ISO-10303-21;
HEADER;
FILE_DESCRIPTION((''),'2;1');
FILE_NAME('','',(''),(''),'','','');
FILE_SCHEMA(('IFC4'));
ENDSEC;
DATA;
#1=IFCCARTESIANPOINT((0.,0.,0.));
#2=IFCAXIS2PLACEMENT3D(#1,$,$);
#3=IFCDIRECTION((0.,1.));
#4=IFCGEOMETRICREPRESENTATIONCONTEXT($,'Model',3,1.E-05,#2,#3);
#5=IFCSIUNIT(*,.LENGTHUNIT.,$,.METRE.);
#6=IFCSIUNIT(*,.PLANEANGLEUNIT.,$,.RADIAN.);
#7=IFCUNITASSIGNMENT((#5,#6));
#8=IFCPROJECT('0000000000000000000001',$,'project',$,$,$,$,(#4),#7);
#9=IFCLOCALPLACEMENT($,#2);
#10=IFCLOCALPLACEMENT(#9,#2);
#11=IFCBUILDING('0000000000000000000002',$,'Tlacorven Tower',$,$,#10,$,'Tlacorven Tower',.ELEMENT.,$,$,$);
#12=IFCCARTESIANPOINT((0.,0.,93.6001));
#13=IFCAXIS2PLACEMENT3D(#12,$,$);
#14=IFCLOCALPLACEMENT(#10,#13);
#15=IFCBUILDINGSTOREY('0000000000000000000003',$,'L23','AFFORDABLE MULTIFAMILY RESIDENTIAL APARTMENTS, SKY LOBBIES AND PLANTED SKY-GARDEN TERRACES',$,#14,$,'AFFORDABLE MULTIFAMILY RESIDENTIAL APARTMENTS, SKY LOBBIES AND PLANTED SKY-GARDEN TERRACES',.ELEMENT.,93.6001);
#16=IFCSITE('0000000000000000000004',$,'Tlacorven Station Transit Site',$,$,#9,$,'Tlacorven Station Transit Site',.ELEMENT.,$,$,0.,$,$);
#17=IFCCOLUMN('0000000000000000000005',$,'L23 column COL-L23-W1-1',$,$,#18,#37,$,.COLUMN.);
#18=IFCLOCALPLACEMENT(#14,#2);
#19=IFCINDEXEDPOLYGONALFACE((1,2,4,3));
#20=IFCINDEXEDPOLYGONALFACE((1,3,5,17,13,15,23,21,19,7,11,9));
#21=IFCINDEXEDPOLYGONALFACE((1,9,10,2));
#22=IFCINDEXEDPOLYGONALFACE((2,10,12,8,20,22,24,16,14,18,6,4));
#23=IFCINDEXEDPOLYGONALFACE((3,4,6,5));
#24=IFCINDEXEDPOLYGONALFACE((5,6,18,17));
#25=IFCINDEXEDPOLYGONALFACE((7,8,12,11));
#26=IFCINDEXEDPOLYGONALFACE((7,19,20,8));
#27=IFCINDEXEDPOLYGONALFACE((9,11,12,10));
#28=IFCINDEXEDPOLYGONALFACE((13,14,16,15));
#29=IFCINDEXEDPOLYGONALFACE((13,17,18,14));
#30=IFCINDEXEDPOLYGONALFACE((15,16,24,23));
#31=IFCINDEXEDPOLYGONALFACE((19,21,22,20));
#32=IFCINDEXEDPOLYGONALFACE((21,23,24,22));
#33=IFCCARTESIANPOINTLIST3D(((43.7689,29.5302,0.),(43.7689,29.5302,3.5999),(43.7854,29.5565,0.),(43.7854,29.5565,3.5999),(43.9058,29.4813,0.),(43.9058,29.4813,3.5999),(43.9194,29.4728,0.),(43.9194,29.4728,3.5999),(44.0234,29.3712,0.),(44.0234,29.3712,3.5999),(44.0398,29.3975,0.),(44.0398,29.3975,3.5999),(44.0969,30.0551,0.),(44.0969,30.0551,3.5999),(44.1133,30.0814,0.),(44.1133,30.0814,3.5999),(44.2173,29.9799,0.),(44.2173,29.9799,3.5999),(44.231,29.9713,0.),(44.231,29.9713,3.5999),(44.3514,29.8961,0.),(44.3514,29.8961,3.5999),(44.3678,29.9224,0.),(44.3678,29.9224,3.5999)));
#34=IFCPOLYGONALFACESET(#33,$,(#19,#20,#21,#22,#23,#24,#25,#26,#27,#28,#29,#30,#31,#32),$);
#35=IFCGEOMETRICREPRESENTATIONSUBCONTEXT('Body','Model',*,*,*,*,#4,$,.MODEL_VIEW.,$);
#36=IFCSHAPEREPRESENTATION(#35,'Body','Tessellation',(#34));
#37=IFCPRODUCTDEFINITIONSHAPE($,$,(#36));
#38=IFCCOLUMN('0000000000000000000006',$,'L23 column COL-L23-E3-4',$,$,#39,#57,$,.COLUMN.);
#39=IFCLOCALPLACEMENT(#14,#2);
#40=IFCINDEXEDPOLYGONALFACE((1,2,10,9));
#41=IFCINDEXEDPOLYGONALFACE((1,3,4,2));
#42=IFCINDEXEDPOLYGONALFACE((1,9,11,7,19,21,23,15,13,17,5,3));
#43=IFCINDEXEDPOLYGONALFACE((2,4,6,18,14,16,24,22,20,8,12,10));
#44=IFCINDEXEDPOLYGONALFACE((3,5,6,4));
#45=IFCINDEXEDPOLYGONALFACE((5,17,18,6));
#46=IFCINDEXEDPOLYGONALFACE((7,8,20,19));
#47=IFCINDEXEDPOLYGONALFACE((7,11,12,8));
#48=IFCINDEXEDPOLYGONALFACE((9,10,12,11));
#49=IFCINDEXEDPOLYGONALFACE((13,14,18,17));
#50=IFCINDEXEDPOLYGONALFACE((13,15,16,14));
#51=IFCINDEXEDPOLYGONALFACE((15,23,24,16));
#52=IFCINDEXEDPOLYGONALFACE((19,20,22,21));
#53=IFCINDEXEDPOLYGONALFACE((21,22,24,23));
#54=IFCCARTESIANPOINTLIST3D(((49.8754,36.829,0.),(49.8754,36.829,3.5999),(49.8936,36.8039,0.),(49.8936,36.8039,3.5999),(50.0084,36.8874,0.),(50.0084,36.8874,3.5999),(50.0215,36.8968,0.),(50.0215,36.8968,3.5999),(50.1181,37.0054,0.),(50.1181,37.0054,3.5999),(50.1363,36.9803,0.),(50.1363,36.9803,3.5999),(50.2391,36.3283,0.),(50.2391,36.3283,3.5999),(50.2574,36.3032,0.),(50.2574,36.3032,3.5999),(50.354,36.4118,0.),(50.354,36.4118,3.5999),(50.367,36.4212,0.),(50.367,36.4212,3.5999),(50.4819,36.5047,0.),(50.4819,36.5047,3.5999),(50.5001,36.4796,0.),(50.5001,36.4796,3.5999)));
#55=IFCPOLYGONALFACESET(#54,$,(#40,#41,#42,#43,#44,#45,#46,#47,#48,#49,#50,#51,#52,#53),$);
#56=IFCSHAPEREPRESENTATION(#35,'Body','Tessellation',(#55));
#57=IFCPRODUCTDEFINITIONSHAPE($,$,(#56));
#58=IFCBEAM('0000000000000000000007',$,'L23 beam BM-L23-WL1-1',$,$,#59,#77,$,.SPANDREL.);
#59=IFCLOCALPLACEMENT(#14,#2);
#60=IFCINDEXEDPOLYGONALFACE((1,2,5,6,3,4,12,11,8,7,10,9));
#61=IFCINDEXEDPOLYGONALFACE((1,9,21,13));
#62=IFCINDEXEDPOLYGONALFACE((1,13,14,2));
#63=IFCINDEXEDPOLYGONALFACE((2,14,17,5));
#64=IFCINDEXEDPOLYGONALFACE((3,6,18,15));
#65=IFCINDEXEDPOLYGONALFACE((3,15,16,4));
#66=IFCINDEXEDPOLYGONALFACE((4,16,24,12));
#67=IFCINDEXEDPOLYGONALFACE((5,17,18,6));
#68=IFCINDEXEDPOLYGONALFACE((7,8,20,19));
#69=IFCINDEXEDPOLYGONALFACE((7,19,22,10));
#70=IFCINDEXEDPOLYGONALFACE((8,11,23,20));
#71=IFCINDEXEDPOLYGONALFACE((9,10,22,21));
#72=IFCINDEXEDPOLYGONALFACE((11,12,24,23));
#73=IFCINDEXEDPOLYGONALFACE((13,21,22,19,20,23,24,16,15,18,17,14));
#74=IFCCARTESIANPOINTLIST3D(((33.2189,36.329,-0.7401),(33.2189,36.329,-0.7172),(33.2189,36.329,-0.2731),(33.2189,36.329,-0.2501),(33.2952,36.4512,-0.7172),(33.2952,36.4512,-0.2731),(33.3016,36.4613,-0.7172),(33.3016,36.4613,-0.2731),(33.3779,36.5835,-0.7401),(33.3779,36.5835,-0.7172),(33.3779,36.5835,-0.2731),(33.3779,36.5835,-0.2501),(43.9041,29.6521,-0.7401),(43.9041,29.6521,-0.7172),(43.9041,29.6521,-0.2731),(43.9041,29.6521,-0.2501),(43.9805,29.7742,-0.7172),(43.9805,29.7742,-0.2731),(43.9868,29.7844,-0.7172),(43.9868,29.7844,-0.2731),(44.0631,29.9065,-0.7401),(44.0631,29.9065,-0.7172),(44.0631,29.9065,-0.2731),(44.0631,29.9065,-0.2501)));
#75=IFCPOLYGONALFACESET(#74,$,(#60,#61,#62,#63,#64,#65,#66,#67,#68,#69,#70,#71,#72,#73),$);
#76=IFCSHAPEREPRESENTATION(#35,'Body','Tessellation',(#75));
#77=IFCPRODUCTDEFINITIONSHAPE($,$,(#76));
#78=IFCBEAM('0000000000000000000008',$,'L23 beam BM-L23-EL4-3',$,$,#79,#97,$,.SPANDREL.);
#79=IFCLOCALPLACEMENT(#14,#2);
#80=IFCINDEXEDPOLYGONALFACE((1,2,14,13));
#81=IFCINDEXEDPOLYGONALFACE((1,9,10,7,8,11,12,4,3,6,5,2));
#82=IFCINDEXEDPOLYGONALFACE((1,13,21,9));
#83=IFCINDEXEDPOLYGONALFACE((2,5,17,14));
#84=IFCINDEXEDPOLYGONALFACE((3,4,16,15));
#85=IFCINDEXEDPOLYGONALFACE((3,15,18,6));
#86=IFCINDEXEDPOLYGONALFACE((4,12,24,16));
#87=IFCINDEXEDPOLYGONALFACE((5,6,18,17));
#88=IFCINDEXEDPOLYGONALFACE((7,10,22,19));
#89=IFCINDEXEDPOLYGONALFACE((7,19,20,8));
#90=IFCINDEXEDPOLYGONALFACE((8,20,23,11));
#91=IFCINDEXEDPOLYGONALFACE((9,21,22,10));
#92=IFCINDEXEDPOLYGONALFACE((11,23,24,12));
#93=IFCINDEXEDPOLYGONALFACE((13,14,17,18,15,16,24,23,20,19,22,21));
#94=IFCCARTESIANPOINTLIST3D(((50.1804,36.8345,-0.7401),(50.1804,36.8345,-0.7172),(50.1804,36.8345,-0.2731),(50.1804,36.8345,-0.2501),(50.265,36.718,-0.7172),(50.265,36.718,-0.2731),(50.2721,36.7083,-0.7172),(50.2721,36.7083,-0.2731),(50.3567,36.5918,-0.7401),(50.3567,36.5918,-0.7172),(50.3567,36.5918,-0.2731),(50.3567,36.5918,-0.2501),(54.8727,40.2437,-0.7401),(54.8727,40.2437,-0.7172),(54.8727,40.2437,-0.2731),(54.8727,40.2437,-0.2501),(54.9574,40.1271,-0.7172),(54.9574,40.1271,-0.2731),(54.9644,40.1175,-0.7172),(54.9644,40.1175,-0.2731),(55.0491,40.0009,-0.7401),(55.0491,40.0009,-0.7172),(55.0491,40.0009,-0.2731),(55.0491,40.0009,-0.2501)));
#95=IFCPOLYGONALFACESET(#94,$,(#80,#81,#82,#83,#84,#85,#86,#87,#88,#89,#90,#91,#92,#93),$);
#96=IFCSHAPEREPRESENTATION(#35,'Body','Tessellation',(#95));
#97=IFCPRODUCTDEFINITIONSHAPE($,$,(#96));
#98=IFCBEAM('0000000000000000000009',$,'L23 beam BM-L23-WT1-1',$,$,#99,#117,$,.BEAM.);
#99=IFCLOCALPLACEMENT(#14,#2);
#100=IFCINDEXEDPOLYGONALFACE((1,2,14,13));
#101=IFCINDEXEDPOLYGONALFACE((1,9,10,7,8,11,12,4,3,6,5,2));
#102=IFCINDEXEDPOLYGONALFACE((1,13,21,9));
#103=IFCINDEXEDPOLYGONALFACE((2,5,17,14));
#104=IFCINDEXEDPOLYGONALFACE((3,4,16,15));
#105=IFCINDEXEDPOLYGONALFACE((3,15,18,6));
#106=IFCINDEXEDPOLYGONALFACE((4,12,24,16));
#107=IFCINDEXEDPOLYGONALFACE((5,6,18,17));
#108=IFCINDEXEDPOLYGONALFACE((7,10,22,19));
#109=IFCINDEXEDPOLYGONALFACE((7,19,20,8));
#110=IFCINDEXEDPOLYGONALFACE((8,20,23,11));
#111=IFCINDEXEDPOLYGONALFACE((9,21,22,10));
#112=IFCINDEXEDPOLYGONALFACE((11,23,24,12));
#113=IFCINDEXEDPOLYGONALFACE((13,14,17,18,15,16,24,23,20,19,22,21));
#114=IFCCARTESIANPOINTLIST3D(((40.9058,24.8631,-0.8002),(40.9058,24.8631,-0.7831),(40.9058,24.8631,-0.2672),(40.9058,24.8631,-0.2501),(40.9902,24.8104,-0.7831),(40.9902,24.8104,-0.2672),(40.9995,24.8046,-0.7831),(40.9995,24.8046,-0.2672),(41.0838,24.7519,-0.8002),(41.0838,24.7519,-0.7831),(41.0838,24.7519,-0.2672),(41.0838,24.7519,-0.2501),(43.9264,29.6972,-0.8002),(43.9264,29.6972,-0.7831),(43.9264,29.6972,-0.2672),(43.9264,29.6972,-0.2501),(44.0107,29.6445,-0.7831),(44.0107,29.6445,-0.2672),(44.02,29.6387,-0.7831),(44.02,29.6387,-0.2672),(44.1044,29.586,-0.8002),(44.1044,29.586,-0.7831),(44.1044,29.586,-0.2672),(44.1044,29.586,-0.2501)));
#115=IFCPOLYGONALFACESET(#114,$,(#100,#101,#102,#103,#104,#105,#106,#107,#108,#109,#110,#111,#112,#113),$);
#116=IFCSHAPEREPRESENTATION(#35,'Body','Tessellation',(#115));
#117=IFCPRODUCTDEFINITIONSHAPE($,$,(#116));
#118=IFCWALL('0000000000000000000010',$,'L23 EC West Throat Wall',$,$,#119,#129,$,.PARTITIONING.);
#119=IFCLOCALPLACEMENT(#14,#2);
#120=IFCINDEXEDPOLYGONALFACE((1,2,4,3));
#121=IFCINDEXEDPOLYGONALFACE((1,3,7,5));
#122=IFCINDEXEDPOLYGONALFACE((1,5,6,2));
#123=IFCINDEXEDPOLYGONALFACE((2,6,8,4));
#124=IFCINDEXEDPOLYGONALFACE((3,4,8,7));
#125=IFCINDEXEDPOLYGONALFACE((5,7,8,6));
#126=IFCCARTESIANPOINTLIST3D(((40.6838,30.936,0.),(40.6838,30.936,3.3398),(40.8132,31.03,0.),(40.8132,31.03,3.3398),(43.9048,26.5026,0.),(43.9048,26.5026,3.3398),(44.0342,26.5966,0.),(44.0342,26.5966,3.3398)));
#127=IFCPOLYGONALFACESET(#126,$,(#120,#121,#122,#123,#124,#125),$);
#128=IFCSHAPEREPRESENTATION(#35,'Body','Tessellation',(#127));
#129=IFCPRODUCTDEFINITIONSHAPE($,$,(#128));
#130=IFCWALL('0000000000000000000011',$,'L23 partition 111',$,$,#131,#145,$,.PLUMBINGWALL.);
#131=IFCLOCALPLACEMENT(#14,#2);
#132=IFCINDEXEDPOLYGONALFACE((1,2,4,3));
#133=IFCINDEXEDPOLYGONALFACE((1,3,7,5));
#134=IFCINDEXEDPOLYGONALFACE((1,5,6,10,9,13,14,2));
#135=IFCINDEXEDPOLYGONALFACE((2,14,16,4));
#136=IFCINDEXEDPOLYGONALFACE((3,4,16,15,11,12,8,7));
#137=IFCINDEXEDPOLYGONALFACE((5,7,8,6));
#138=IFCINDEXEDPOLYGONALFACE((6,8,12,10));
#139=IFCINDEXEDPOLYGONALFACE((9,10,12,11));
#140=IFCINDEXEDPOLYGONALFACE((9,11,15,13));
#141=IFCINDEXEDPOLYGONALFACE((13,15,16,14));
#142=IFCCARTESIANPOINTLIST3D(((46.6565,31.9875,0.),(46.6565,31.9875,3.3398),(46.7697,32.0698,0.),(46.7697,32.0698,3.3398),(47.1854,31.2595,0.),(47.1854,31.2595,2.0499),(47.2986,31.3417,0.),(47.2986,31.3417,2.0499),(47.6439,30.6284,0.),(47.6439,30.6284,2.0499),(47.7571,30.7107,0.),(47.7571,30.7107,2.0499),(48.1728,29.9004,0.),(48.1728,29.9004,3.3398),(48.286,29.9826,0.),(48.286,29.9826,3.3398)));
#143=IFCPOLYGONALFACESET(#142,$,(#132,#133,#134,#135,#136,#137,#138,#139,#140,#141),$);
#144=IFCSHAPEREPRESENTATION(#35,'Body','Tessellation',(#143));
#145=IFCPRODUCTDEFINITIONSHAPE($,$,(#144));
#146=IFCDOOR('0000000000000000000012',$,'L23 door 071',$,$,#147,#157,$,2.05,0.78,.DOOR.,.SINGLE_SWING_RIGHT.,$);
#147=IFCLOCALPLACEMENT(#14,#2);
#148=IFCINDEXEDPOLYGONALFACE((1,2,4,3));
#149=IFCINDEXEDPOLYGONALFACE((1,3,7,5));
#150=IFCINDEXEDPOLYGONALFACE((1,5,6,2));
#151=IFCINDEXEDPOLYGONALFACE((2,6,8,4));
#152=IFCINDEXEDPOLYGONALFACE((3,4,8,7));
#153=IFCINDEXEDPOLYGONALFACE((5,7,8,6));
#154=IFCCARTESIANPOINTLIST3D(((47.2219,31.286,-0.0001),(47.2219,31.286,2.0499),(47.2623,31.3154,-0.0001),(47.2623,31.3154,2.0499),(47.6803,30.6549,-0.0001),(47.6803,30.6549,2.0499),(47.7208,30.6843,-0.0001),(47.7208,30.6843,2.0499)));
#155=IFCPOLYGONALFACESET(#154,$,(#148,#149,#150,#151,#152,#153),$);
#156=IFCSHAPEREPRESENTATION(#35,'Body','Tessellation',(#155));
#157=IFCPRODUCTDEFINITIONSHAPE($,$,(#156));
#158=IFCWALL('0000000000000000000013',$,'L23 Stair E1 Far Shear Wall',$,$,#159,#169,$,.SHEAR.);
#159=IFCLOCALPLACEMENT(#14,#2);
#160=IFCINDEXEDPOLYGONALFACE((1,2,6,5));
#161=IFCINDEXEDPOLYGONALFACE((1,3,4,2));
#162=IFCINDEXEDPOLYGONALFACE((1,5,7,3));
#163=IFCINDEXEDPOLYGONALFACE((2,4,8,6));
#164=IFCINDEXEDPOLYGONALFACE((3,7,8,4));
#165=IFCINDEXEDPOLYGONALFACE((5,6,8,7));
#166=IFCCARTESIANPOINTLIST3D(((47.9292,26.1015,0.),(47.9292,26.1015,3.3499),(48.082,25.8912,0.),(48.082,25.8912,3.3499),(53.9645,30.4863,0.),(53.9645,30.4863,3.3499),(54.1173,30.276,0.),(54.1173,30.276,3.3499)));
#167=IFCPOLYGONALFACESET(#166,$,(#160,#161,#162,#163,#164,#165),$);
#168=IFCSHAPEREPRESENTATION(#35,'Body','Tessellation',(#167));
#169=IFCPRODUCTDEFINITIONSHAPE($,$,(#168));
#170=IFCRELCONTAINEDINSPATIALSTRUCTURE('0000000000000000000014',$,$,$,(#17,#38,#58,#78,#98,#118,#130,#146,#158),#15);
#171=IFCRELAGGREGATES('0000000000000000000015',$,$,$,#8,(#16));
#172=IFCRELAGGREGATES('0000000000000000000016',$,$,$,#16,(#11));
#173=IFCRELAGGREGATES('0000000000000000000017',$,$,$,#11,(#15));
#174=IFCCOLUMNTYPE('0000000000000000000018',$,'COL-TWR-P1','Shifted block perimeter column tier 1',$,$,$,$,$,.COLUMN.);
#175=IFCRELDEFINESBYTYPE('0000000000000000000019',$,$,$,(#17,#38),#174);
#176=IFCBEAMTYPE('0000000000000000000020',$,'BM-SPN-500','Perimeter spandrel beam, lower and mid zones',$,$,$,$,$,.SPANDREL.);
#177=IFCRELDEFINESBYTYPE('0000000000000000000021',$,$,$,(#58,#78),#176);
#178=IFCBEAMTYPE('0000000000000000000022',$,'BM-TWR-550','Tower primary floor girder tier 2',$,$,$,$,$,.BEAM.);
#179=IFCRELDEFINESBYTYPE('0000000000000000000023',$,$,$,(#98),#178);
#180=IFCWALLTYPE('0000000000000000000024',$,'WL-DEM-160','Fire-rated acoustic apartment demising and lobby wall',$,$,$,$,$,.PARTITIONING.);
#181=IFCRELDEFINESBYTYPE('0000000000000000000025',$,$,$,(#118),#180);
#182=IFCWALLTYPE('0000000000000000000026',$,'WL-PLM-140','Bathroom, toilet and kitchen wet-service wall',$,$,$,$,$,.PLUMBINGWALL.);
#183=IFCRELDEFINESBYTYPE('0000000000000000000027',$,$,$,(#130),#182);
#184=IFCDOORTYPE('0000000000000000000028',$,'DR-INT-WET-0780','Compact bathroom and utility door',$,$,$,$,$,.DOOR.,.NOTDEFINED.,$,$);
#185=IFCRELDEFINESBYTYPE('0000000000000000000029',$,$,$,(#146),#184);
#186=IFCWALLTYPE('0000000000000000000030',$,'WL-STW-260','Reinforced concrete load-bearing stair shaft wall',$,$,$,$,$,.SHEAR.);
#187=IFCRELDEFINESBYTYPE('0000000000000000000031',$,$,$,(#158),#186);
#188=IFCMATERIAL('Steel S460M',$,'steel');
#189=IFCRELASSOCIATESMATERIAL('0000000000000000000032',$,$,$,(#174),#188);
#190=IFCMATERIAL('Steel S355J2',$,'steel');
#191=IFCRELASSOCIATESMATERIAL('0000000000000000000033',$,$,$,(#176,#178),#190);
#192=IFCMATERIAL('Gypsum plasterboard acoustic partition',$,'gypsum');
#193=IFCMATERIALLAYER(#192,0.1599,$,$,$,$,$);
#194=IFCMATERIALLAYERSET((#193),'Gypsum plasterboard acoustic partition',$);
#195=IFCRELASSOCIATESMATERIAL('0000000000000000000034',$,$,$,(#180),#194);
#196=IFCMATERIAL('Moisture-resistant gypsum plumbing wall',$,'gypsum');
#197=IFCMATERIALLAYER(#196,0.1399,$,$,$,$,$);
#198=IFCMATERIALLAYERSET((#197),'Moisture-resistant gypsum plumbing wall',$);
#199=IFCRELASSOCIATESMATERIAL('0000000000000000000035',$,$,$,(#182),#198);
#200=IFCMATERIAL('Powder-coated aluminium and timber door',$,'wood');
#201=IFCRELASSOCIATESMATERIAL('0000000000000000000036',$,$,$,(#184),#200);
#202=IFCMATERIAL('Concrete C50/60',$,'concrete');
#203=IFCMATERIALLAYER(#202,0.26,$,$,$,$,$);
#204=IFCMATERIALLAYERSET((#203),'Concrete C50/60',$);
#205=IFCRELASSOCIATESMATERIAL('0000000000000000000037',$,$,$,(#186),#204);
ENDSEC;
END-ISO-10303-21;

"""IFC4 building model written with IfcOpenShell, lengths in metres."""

from ifc_helpers import new_model, si_unit, direction, frame, frame_2d, origin, origin_2d, place, context, subcontext, project, spatial, rectangle, i_section, extrude, source, transform, mapped, material, layer, layer_set, material_profile, profile_set, type_object, element, fill, save


model = new_model("IFC4")

# Units and contexts
model_context = context("Model", 3, precision=1e-05, world=origin(), true_north=direction((0.0, 1.0)))
body_context = subcontext(model_context, "Body", "Model", "MODEL_VIEW")
ifc_project = project(units=[si_unit("LENGTHUNIT", "METRE"), si_unit("PLANEANGLEUNIT", "RADIAN")], contexts=[model_context])

# Site, building, storey
site_placement = place(None, origin())
site = spatial("IfcSite", under=ifc_project, at=site_placement, Name="Tlacorven Station Transit Site", LongName="Tlacorven Station Transit Site", CompositionType="ELEMENT", RefElevation=0.0)
building_placement = place(site_placement, origin())
building = spatial("IfcBuilding", under=site, at=building_placement, Name="Tlacorven Tower", LongName="Tlacorven Tower", CompositionType="ELEMENT")
storey_placement = place(building_placement, frame((0.0, 0.0, 93.6001)))
storey = spatial("IfcBuildingStorey", under=building, at=storey_placement, Name="L23", Description="AFFORDABLE MULTIFAMILY RESIDENTIAL APARTMENTS, SKY LOBBIES AND PLANTED SKY-GARDEN TERRACES", LongName="AFFORDABLE MULTIFAMILY RESIDENTIAL APARTMENTS, SKY LOBBIES AND PLANTED SKY-GARDEN TERRACES", CompositionType="ELEMENT", Elevation=93.6001)

# Columns
ifc_material_1 = material(Name="Steel S460M", Category="steel")
ifc_material_profile_1 = material_profile(ifc_material_1, i_section(OverallWidth=0.3, OverallDepth=0.6499, WebThickness=0.0161, FlangeThickness=0.031, at=origin_2d()), Name="HEB 650")
ifc_profile_set_1 = profile_set([ifc_material_profile_1], Name="Steel S460M")
column_type = type_object("IfcColumnType", Name="COL-TWR-P1", Description="Shifted block perimeter column tier 1", PredefinedType="COLUMN", material=ifc_profile_set_1)
shared_shape_1 = source(origin(), body_context, "Body", "SweptSolid", [
    extrude(i_section(OverallWidth=0.3, OverallDepth=0.6499, WebThickness=0.0161, FlangeThickness=0.031, at=origin_2d()), origin(), (0.0, 0.0, 1.0), 3.5999),
])
for number, where, z_axis, x_axis, name in (
    (1, (44.0684, 29.7263, 0.0), (0.0, 0.0, 1.0), (-0.848048, 0.529919, 0.0), "L23 column COL-L23-W1-1"),
    (2, (50.1877, 36.6543, 0.0), (0.0, 0.0, 1.0), (0.809017, 0.587785, 0.0), "L23 column COL-L23-E3-4"),
):
    element("IfcColumn", number, at=place(storey_placement, frame(where, z_axis=z_axis, x_axis=x_axis)), inside=storey, type_object=column_type, Name=name, PredefinedType="COLUMN", context=body_context, shape_type="MappedRepresentation", body=[
        mapped(shared_shape_1, transform((0.0, 0.0, 0.0), scale=1.0)),
    ])

# Beams
ifc_material_2 = material(Name="Steel S355J2", Category="steel")
ifc_material_profile_2 = material_profile(ifc_material_2, i_section(OverallWidth=0.3, OverallDepth=0.49, WebThickness=0.012, FlangeThickness=0.0229, at=origin_2d()), Name="HEA 500")
ifc_profile_set_2 = profile_set([ifc_material_profile_2], Name="Steel S355J2")
beam_type_1 = type_object("IfcBeamType", Name="BM-SPN-500", Description="Perimeter spandrel beam, lower and mid zones", PredefinedType="SPANDREL", material=ifc_profile_set_2)
shared_shape_2 = source(origin(), body_context, "Body", "SweptSolid", [
    extrude(i_section(OverallWidth=0.3, OverallDepth=0.49, WebThickness=0.012, FlangeThickness=0.0229, at=origin_2d()), origin(), (0.0, 0.0, 1.0), 12.5999),
])
beam_1_placement = place(storey_placement, frame((43.9836, 29.7793, -0.4951), z_axis=(-0.848045, 0.529924, 0.0), x_axis=(-0.529924, -0.848045, 0.0)))
element("IfcBeam", 3, at=beam_1_placement, inside=storey, type_object=beam_type_1, Name="L23 beam BM-L23-WL1-1", PredefinedType="SPANDREL", context=body_context, shape_type="MappedRepresentation", body=[
    mapped(shared_shape_2, transform((0.0, 0.0, 0.0), scale=1.0)),
])
shared_shape_3 = source(origin(), body_context, "Body", "SweptSolid", [
    extrude(i_section(OverallWidth=0.3, OverallDepth=0.49, WebThickness=0.012, FlangeThickness=0.0229, at=origin_2d()), origin(), (0.0, 0.0, 1.0), 5.8),
])
beam_2_placement = place(storey_placement, frame((50.2686, 36.7131, -0.4951), z_axis=(0.80902, 0.587781, 0.0), x_axis=(-0.587781, 0.80902, 0.0)))
element("IfcBeam", 4, at=beam_2_placement, inside=storey, type_object=beam_type_1, Name="L23 beam BM-L23-EL4-3", PredefinedType="SPANDREL", context=body_context, shape_type="MappedRepresentation", body=[
    mapped(shared_shape_3, transform((0.0, 0.0, 0.0), scale=1.0)),
])
ifc_material_profile_3 = material_profile(ifc_material_2, i_section(OverallWidth=0.21, OverallDepth=0.55, WebThickness=0.011, FlangeThickness=0.0171, at=origin_2d()), Name="IPE 550")
ifc_profile_set_3 = profile_set([ifc_material_profile_3], Name="Steel S355J2")
beam_type_2 = type_object("IfcBeamType", Name="BM-TWR-550", Description="Tower primary floor girder tier 2", PredefinedType="BEAM", material=ifc_profile_set_3)
shared_shape_4 = source(origin(), body_context, "Body", "SweptSolid", [
    extrude(i_section(OverallWidth=0.21, OverallDepth=0.55, WebThickness=0.011, FlangeThickness=0.0171, at=origin_2d()), origin(), (0.0, 0.0, 1.0), 5.7002),
])
beam_3_placement = place(storey_placement, frame((44.0154, 29.6416, -0.5251), z_axis=(-0.529907, -0.848056, 0.0), x_axis=(0.848056, -0.529907, 0.0)))
element("IfcBeam", 5, at=beam_3_placement, inside=storey, type_object=beam_type_2, Name="L23 beam BM-L23-WT1-1", PredefinedType="BEAM", context=body_context, shape_type="MappedRepresentation", body=[
    mapped(shared_shape_4, transform((0.0, 0.0, 0.0), scale=1.0)),
])

# Wall
ifc_material_3 = material(Name="Gypsum plasterboard acoustic partition", Category="gypsum")
ifc_layer_1 = layer(ifc_material_3, 0.1599)
ifc_layer_set_1 = layer_set([ifc_layer_1], Name="Gypsum plasterboard acoustic partition")
wall_type_1 = type_object("IfcWallType", Name="WL-DEM-160", Description="Fire-rated acoustic apartment demising and lobby wall", PredefinedType="PARTITIONING", material=ifc_layer_set_1)
wall_1_placement = place(storey_placement, frame((43.9695, 26.5496, 0.0), z_axis=(0.0, 0.0, 1.0), x_axis=(-0.587777, 0.809023, 0.0)))
element("IfcWall", 6, at=wall_1_placement, inside=storey, type_object=wall_type_1, Name="L23 EC West Throat Wall", PredefinedType="PARTITIONING", context=body_context, shape_type="SweptSolid", body=[
    extrude(rectangle(XDim=5.48, YDim=0.1599, at=frame_2d((2.74, 0.0))), origin(), (0.0, 0.0, 1.0), 3.3398),
])

# Wall, opening, door
ifc_material_4 = material(Name="Moisture-resistant gypsum plumbing wall", Category="gypsum")
ifc_layer_2 = layer(ifc_material_4, 0.1399)
ifc_layer_set_2 = layer_set([ifc_layer_2], Name="Moisture-resistant gypsum plumbing wall")
wall_type_2 = type_object("IfcWallType", Name="WL-PLM-140", Description="Bathroom, toilet and kitchen wet-service wall", PredefinedType="PLUMBINGWALL", material=ifc_layer_set_2)
wall_2_placement = place(storey_placement, frame((48.2295, 29.9414, 0.0), z_axis=(0.0, 0.0, 1.0), x_axis=(-0.587772, 0.809027, 0.0)))
wall_2 = element("IfcWall", 7, at=wall_2_placement, inside=storey, type_object=wall_type_2, Name="L23 partition 111", PredefinedType="PLUMBINGWALL", context=body_context, shape_type="SweptSolid", body=[
    extrude(rectangle(XDim=2.5798, YDim=0.1399, at=frame_2d((1.29, 0.0))), origin(), (0.0, 0.0, 1.0), 3.3398),
])
opening_placement = place(wall_2_placement, frame((0.8999, 0.0, 0.0)))
opening = element("IfcOpeningElement", 8, at=opening_placement, cuts=wall_2, PredefinedType="OPENING", context=body_context, shape_type="SweptSolid", body=[
    extrude(rectangle(XDim=0.78, YDim=2.05, at=frame_2d((0.3901, 1.0249))), frame((0.0, 0.0801, 0.0), z_axis=(0.0, -1.0, 0.0), x_axis=(1.0, 0.0, 0.0)), (0.0, 0.0, 1.0), 0.1599),
])
ifc_material_5 = material(Name="Powder-coated aluminium and timber door", Category="wood")
door_type = type_object("IfcDoorType", Name="DR-INT-WET-0780", Description="Compact bathroom and utility door", OperationType="NOTDEFINED", PredefinedType="DOOR", material=ifc_material_5)
shared_shape_5 = source(origin(), body_context, "Body", "SweptSolid", [
    extrude(rectangle(XDim=0.78, YDim=2.05, at=frame_2d((0.3901, 1.0249))), frame((0.0, 0.0249, 0.0), z_axis=(0.0, -1.0, 0.0), x_axis=(1.0, 0.0, 0.0)), (0.0, 0.0, 1.0), 0.05),
])
door_placement = place(opening_placement, origin())
door = element("IfcDoor", 9, at=door_placement, inside=storey, type_object=door_type, Name="L23 door 071", OperationType="SINGLE_SWING_RIGHT", OverallHeight=2.05, OverallWidth=0.78, PredefinedType="DOOR", context=body_context, shape_type="MappedRepresentation", body=[
    mapped(shared_shape_5, transform((0.0, 0.0, 0.0), scale=1.0)),
])
fill(opening, door)

# Wall
ifc_material_6 = material(Name="Concrete C50/60", Category="concrete")
ifc_layer_3 = layer(ifc_material_6, 0.26)
ifc_layer_set_3 = layer_set([ifc_layer_3], Name="Concrete C50/60")
wall_type_3 = type_object("IfcWallType", Name="WL-STW-260", Description="Reinforced concrete load-bearing stair shaft wall", PredefinedType="SHEAR", material=ifc_layer_set_3)
wall_3_placement = place(storey_placement, frame((48.0056, 25.9963, 0.0), z_axis=(0.0, 0.0, 1.0), x_axis=(0.809019, 0.587782, 0.0)))
element("IfcWall", 10, at=wall_3_placement, inside=storey, type_object=wall_type_3, Name="L23 Stair E1 Far Shear Wall", PredefinedType="SHEAR", context=body_context, shape_type="SweptSolid", body=[
    extrude(rectangle(XDim=7.46, YDim=0.26, at=frame_2d((3.73, 0.0))), origin(), (0.0, 0.0, 1.0), 3.3499),
])

save(model, "model.ifc")
